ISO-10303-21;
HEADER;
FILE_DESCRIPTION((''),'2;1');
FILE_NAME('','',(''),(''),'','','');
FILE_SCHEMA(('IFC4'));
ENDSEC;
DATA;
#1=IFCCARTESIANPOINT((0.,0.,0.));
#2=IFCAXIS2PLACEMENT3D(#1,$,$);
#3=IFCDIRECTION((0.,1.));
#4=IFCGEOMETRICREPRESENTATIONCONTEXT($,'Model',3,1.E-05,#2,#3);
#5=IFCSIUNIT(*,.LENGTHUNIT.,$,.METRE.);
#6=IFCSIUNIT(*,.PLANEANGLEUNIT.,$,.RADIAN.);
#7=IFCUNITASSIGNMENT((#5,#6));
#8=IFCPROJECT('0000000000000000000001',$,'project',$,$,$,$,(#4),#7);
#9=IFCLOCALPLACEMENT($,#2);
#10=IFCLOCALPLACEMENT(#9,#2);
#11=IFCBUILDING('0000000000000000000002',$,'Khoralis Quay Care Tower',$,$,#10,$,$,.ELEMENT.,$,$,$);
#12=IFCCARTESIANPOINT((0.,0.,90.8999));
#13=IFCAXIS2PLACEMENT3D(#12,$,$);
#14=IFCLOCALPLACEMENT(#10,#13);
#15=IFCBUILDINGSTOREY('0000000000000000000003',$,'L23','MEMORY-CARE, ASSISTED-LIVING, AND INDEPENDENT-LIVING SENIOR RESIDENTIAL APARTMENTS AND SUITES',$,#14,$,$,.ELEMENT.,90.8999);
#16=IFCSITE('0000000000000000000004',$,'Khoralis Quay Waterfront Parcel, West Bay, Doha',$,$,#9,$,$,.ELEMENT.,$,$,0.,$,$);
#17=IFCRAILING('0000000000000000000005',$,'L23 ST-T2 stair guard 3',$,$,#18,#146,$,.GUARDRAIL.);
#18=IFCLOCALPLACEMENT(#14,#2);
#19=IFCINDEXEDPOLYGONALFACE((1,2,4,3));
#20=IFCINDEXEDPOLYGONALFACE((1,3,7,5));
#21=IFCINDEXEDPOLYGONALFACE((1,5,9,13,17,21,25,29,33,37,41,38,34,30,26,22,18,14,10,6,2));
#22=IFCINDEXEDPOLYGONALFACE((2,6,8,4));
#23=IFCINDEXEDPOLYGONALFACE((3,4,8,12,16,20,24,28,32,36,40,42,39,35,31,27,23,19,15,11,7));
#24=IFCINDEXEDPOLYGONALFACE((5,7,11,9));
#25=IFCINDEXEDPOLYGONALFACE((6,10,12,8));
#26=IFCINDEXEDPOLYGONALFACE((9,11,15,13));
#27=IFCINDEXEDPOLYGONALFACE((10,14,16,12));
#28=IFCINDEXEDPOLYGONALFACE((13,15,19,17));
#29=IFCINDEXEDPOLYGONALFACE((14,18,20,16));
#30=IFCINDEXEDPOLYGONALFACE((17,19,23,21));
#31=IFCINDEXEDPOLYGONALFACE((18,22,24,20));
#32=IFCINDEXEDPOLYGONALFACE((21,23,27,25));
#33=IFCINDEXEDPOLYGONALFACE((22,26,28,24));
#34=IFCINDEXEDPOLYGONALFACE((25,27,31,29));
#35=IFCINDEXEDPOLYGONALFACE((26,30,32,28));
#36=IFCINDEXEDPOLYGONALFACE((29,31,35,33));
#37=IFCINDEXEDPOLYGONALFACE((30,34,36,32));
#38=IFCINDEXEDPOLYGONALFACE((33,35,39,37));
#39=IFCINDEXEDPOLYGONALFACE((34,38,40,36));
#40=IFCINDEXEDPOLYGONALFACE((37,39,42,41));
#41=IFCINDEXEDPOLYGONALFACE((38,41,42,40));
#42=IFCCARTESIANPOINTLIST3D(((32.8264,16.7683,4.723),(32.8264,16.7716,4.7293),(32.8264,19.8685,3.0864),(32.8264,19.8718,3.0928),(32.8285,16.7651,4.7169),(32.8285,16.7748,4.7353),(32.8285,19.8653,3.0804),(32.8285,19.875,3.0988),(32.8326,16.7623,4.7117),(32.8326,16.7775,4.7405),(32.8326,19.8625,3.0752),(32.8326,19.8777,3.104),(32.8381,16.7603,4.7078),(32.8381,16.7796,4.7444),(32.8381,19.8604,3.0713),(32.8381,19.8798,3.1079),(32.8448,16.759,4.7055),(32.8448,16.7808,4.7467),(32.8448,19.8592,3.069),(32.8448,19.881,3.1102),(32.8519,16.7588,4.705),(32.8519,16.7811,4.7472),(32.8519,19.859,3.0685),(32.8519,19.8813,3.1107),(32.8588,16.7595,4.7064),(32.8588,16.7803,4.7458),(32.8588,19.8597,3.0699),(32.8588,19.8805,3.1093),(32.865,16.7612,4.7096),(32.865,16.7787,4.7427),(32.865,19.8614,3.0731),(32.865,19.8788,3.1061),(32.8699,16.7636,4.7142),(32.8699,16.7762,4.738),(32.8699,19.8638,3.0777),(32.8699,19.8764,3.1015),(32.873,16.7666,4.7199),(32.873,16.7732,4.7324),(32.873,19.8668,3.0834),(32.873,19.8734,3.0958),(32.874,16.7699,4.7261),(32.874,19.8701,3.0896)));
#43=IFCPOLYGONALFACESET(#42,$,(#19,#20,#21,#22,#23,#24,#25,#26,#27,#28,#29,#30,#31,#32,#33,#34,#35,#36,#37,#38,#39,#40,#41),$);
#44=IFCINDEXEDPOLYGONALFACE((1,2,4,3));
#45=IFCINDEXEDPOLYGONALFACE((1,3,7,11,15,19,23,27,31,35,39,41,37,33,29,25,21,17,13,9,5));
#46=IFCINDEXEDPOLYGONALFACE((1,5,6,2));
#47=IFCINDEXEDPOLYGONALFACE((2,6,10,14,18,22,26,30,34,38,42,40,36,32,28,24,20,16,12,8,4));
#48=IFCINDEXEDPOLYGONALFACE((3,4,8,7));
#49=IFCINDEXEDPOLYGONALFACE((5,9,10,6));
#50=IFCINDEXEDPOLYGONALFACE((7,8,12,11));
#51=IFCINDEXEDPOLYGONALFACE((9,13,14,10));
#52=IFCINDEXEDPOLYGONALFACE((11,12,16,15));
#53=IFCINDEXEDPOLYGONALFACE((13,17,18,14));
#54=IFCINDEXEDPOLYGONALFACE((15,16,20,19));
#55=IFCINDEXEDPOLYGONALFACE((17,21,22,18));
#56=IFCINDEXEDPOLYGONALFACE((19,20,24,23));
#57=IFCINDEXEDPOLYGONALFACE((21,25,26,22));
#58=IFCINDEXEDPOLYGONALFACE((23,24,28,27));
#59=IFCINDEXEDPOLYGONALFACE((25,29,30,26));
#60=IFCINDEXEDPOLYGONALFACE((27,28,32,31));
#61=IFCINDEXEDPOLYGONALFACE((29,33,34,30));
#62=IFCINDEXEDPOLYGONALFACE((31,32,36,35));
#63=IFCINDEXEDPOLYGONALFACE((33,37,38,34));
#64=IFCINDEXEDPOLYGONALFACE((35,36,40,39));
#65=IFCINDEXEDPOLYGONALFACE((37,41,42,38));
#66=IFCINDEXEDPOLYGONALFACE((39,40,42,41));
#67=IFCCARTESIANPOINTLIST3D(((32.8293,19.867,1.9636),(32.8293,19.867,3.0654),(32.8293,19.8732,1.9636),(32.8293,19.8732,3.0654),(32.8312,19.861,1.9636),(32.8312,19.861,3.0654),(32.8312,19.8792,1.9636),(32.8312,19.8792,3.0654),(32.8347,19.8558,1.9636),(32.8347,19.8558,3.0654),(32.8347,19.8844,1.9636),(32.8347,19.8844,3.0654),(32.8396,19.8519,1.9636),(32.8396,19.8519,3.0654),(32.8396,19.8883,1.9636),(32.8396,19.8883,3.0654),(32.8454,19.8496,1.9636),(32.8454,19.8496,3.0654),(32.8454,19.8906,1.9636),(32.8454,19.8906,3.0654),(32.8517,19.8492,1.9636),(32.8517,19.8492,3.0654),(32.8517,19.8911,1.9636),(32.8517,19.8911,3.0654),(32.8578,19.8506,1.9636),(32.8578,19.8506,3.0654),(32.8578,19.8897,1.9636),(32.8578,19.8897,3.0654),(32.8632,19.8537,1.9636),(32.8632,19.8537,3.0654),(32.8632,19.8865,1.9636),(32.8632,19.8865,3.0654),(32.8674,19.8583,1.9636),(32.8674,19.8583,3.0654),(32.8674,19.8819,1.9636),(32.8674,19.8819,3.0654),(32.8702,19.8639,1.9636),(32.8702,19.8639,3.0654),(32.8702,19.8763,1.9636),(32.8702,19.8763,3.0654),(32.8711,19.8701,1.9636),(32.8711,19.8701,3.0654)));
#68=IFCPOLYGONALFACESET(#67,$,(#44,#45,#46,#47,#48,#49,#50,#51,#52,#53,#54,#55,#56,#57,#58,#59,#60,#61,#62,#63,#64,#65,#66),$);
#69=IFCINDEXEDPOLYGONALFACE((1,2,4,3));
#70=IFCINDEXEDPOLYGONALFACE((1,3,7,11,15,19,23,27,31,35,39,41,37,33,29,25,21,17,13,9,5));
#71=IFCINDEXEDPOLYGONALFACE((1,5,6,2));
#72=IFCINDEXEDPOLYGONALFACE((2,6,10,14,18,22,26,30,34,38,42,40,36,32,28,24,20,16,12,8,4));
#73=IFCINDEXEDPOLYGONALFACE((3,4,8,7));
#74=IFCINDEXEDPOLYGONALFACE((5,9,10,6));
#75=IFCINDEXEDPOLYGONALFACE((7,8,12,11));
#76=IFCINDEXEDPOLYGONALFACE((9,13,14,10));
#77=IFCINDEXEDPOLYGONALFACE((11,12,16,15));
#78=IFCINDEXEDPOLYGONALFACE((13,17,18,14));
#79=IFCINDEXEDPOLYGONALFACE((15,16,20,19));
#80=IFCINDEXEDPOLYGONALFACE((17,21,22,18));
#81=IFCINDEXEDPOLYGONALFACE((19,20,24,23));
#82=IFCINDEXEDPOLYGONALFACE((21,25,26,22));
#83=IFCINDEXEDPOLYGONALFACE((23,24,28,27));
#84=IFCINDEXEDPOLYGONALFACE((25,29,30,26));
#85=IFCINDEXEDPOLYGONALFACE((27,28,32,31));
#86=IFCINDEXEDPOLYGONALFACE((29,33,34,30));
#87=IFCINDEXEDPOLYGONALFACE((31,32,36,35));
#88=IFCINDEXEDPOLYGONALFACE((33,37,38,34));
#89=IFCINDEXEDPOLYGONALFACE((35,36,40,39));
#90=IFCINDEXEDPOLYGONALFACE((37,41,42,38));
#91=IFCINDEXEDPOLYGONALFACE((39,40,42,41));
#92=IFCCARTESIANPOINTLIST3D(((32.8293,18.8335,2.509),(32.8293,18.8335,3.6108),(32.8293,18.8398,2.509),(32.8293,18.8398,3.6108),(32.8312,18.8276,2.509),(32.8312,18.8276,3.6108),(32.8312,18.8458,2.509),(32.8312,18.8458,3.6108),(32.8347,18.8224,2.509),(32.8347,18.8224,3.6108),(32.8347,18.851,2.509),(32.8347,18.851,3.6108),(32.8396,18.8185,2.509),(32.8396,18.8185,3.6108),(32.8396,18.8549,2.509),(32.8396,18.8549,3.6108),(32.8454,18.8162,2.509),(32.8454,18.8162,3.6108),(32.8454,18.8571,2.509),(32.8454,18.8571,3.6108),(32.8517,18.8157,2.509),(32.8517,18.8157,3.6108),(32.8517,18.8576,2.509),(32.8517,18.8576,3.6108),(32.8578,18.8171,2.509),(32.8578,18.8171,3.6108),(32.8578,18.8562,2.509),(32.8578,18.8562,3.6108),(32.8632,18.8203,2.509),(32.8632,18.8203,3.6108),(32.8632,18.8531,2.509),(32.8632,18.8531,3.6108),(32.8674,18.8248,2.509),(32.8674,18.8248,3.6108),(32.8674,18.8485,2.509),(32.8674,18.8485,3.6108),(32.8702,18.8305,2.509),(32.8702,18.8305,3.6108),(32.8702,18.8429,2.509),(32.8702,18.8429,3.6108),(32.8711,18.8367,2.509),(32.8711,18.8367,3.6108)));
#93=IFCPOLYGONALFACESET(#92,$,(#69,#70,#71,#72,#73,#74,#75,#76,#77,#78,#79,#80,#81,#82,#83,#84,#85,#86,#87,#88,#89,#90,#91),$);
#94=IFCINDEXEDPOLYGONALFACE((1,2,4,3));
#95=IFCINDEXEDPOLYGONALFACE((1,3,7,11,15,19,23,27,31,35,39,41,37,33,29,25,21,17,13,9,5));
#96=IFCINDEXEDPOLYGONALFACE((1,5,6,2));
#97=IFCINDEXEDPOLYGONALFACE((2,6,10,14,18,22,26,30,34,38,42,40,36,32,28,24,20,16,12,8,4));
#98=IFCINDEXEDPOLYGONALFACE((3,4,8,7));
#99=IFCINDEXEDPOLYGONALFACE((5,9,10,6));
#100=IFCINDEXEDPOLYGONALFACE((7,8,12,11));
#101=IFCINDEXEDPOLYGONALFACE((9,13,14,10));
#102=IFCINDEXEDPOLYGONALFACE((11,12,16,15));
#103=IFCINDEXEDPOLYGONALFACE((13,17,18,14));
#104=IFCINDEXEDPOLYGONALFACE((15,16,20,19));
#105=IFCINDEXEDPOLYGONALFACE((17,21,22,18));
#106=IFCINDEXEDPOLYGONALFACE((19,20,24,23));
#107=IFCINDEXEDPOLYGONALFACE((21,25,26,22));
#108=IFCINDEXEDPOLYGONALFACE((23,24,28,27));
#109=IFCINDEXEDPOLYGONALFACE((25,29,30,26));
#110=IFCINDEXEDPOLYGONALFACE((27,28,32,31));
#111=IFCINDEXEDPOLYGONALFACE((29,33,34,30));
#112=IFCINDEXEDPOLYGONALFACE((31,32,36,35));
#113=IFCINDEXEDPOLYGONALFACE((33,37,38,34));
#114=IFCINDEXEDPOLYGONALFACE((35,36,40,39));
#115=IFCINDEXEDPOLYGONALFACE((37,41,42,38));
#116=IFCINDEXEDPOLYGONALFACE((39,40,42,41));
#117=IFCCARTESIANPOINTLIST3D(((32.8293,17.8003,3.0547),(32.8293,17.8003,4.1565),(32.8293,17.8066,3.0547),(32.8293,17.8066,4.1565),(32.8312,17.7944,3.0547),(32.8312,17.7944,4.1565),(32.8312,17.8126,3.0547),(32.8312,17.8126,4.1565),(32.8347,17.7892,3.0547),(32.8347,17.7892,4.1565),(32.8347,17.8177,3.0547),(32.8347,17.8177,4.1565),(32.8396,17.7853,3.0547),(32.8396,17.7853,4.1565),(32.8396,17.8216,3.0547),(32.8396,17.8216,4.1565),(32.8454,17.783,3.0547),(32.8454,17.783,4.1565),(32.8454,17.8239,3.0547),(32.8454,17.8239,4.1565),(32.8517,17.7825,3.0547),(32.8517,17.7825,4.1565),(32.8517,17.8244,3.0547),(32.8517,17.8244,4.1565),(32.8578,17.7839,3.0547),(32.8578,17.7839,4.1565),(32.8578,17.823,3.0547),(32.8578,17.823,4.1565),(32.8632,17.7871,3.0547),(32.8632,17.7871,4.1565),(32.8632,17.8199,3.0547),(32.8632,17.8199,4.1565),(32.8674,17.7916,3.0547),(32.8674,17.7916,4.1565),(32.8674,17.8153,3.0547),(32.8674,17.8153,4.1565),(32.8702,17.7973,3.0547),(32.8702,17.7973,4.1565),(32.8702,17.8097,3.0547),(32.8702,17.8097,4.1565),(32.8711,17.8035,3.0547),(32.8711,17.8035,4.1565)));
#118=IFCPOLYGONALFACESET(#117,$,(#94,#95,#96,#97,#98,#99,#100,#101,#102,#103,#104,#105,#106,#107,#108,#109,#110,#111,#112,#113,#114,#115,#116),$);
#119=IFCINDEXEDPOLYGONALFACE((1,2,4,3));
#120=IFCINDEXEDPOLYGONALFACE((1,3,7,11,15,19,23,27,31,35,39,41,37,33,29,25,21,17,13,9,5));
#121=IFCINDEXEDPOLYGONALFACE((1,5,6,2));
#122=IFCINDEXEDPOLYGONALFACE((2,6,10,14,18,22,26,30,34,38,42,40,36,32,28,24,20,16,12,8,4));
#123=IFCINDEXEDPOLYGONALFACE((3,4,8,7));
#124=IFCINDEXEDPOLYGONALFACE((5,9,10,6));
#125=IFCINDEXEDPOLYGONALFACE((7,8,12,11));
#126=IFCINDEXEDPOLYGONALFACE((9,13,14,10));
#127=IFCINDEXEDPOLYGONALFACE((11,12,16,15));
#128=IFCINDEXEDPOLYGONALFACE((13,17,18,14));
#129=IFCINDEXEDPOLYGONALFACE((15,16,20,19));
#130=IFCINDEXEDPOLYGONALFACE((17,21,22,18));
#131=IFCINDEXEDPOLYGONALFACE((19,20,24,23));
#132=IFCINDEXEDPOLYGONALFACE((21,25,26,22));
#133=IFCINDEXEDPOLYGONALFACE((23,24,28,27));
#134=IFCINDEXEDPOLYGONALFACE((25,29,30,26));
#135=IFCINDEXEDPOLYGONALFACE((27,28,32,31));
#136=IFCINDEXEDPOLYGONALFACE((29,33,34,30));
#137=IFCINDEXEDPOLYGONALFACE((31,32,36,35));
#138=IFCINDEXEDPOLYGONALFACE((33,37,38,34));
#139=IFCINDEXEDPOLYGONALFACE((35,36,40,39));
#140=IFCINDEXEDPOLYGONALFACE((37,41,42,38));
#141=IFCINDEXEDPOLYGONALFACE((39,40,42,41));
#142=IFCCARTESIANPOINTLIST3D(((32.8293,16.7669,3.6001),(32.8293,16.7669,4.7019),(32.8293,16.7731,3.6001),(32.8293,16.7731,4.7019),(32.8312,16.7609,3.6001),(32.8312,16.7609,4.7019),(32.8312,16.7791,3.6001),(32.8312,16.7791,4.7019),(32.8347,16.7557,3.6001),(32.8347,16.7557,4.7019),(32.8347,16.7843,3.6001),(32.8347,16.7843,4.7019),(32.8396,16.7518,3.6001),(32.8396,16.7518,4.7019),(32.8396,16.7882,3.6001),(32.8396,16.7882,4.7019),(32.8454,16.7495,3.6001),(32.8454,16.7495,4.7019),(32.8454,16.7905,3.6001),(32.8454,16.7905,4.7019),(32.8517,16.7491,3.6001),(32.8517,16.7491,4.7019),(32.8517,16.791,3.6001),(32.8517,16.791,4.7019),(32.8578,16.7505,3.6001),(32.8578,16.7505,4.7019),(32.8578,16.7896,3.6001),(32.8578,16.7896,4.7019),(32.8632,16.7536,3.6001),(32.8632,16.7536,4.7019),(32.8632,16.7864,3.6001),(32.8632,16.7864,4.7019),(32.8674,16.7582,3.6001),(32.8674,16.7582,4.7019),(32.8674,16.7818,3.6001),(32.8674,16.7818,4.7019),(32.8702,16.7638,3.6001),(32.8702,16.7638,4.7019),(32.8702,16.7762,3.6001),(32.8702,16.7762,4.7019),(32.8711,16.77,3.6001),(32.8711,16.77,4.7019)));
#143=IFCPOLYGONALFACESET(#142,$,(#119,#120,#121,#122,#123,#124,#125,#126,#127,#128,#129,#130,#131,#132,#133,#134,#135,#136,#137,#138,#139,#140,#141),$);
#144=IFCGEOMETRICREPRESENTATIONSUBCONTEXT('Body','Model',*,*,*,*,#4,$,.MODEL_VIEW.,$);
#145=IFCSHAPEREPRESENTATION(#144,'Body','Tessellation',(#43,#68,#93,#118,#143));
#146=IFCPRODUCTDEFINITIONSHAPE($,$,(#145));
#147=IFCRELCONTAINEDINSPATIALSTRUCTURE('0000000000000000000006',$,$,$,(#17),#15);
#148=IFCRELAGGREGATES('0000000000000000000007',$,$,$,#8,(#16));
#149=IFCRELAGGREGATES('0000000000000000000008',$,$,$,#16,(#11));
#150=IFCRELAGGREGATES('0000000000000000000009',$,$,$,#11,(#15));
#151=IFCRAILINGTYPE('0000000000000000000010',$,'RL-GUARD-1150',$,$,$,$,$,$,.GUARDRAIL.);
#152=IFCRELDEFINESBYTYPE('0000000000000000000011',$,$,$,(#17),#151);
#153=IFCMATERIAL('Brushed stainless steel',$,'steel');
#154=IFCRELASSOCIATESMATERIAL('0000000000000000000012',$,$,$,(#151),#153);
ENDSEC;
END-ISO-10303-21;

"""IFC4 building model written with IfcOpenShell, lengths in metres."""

from ifc_helpers import new_model, si_unit, direction, frame, origin, origin_2d, place, context, subcontext, project, spatial, circle, extrude, material, type_object, element, save


model = new_model("IFC4")

# Units and contexts
model_context = context("Model", 3, precision=1e-05, world=origin(), true_north=direction((0.0, 1.0)))
body_context = subcontext(model_context, "Body", "Model", "MODEL_VIEW")
ifc_project = project(units=[si_unit("LENGTHUNIT", "METRE"), si_unit("PLANEANGLEUNIT", "RADIAN")], contexts=[model_context])

# Site, building, storey
site_placement = place(None, origin())
site = spatial("IfcSite", under=ifc_project, at=site_placement, Name="Khoralis Quay Waterfront Parcel, West Bay, Doha", CompositionType="ELEMENT", RefElevation=0.0)
building_placement = place(site_placement, origin())
building = spatial("IfcBuilding", under=site, at=building_placement, Name="Khoralis Quay Care Tower", CompositionType="ELEMENT")
storey_placement = place(building_placement, frame((0.0, 0.0, 90.8999)))
storey = spatial("IfcBuildingStorey", under=building, at=storey_placement, Name="L23", Description="MEMORY-CARE, ASSISTED-LIVING, AND INDEPENDENT-LIVING SENIOR RESIDENTIAL APARTMENTS AND SUITES", CompositionType="ELEMENT", Elevation=90.8999)

# Railing
ifc_material_1 = material(Name="Brushed stainless steel", Category="steel")
railing_type_1 = type_object("IfcRailingType", Name="RL-GUARD-1150", PredefinedType="GUARDRAIL", material=ifc_material_1)
railing_1_placement = place(storey_placement, frame((32.8501, 19.8701, 1.9636)))
element("IfcRailing", 1, at=railing_1_placement, inside=storey, type_object=railing_type_1, Name="L23 ST-T2 stair guard 3", PredefinedType="GUARDRAIL", context=body_context, shape_type="SweptSolid", body=[
    extrude(circle(Radius=0.0239, at=origin_2d()), frame((0.0, 0.0, 1.126), z_axis=(0.0, -0.884348, 0.466828), x_axis=(1.0, 0.0, 0.0)), (0.0, 0.0, 1.0), 3.5056),
    extrude(circle(Radius=0.021, at=origin_2d()), origin(), (0.0, 0.0, 1.0), 1.1018),
    extrude(circle(Radius=0.021, at=origin_2d()), frame((0.0, -1.0334, 0.5454)), (0.0, 0.0, 1.0), 1.1018),
    extrude(circle(Radius=0.021, at=origin_2d()), frame((0.0, -2.0667, 1.0911)), (0.0, 0.0, 1.0), 1.1018),
    extrude(circle(Radius=0.021, at=origin_2d()), frame((0.0, -3.1001, 1.6365)), (0.0, 0.0, 1.0), 1.1018),
])

save(model, "model.ifc")
